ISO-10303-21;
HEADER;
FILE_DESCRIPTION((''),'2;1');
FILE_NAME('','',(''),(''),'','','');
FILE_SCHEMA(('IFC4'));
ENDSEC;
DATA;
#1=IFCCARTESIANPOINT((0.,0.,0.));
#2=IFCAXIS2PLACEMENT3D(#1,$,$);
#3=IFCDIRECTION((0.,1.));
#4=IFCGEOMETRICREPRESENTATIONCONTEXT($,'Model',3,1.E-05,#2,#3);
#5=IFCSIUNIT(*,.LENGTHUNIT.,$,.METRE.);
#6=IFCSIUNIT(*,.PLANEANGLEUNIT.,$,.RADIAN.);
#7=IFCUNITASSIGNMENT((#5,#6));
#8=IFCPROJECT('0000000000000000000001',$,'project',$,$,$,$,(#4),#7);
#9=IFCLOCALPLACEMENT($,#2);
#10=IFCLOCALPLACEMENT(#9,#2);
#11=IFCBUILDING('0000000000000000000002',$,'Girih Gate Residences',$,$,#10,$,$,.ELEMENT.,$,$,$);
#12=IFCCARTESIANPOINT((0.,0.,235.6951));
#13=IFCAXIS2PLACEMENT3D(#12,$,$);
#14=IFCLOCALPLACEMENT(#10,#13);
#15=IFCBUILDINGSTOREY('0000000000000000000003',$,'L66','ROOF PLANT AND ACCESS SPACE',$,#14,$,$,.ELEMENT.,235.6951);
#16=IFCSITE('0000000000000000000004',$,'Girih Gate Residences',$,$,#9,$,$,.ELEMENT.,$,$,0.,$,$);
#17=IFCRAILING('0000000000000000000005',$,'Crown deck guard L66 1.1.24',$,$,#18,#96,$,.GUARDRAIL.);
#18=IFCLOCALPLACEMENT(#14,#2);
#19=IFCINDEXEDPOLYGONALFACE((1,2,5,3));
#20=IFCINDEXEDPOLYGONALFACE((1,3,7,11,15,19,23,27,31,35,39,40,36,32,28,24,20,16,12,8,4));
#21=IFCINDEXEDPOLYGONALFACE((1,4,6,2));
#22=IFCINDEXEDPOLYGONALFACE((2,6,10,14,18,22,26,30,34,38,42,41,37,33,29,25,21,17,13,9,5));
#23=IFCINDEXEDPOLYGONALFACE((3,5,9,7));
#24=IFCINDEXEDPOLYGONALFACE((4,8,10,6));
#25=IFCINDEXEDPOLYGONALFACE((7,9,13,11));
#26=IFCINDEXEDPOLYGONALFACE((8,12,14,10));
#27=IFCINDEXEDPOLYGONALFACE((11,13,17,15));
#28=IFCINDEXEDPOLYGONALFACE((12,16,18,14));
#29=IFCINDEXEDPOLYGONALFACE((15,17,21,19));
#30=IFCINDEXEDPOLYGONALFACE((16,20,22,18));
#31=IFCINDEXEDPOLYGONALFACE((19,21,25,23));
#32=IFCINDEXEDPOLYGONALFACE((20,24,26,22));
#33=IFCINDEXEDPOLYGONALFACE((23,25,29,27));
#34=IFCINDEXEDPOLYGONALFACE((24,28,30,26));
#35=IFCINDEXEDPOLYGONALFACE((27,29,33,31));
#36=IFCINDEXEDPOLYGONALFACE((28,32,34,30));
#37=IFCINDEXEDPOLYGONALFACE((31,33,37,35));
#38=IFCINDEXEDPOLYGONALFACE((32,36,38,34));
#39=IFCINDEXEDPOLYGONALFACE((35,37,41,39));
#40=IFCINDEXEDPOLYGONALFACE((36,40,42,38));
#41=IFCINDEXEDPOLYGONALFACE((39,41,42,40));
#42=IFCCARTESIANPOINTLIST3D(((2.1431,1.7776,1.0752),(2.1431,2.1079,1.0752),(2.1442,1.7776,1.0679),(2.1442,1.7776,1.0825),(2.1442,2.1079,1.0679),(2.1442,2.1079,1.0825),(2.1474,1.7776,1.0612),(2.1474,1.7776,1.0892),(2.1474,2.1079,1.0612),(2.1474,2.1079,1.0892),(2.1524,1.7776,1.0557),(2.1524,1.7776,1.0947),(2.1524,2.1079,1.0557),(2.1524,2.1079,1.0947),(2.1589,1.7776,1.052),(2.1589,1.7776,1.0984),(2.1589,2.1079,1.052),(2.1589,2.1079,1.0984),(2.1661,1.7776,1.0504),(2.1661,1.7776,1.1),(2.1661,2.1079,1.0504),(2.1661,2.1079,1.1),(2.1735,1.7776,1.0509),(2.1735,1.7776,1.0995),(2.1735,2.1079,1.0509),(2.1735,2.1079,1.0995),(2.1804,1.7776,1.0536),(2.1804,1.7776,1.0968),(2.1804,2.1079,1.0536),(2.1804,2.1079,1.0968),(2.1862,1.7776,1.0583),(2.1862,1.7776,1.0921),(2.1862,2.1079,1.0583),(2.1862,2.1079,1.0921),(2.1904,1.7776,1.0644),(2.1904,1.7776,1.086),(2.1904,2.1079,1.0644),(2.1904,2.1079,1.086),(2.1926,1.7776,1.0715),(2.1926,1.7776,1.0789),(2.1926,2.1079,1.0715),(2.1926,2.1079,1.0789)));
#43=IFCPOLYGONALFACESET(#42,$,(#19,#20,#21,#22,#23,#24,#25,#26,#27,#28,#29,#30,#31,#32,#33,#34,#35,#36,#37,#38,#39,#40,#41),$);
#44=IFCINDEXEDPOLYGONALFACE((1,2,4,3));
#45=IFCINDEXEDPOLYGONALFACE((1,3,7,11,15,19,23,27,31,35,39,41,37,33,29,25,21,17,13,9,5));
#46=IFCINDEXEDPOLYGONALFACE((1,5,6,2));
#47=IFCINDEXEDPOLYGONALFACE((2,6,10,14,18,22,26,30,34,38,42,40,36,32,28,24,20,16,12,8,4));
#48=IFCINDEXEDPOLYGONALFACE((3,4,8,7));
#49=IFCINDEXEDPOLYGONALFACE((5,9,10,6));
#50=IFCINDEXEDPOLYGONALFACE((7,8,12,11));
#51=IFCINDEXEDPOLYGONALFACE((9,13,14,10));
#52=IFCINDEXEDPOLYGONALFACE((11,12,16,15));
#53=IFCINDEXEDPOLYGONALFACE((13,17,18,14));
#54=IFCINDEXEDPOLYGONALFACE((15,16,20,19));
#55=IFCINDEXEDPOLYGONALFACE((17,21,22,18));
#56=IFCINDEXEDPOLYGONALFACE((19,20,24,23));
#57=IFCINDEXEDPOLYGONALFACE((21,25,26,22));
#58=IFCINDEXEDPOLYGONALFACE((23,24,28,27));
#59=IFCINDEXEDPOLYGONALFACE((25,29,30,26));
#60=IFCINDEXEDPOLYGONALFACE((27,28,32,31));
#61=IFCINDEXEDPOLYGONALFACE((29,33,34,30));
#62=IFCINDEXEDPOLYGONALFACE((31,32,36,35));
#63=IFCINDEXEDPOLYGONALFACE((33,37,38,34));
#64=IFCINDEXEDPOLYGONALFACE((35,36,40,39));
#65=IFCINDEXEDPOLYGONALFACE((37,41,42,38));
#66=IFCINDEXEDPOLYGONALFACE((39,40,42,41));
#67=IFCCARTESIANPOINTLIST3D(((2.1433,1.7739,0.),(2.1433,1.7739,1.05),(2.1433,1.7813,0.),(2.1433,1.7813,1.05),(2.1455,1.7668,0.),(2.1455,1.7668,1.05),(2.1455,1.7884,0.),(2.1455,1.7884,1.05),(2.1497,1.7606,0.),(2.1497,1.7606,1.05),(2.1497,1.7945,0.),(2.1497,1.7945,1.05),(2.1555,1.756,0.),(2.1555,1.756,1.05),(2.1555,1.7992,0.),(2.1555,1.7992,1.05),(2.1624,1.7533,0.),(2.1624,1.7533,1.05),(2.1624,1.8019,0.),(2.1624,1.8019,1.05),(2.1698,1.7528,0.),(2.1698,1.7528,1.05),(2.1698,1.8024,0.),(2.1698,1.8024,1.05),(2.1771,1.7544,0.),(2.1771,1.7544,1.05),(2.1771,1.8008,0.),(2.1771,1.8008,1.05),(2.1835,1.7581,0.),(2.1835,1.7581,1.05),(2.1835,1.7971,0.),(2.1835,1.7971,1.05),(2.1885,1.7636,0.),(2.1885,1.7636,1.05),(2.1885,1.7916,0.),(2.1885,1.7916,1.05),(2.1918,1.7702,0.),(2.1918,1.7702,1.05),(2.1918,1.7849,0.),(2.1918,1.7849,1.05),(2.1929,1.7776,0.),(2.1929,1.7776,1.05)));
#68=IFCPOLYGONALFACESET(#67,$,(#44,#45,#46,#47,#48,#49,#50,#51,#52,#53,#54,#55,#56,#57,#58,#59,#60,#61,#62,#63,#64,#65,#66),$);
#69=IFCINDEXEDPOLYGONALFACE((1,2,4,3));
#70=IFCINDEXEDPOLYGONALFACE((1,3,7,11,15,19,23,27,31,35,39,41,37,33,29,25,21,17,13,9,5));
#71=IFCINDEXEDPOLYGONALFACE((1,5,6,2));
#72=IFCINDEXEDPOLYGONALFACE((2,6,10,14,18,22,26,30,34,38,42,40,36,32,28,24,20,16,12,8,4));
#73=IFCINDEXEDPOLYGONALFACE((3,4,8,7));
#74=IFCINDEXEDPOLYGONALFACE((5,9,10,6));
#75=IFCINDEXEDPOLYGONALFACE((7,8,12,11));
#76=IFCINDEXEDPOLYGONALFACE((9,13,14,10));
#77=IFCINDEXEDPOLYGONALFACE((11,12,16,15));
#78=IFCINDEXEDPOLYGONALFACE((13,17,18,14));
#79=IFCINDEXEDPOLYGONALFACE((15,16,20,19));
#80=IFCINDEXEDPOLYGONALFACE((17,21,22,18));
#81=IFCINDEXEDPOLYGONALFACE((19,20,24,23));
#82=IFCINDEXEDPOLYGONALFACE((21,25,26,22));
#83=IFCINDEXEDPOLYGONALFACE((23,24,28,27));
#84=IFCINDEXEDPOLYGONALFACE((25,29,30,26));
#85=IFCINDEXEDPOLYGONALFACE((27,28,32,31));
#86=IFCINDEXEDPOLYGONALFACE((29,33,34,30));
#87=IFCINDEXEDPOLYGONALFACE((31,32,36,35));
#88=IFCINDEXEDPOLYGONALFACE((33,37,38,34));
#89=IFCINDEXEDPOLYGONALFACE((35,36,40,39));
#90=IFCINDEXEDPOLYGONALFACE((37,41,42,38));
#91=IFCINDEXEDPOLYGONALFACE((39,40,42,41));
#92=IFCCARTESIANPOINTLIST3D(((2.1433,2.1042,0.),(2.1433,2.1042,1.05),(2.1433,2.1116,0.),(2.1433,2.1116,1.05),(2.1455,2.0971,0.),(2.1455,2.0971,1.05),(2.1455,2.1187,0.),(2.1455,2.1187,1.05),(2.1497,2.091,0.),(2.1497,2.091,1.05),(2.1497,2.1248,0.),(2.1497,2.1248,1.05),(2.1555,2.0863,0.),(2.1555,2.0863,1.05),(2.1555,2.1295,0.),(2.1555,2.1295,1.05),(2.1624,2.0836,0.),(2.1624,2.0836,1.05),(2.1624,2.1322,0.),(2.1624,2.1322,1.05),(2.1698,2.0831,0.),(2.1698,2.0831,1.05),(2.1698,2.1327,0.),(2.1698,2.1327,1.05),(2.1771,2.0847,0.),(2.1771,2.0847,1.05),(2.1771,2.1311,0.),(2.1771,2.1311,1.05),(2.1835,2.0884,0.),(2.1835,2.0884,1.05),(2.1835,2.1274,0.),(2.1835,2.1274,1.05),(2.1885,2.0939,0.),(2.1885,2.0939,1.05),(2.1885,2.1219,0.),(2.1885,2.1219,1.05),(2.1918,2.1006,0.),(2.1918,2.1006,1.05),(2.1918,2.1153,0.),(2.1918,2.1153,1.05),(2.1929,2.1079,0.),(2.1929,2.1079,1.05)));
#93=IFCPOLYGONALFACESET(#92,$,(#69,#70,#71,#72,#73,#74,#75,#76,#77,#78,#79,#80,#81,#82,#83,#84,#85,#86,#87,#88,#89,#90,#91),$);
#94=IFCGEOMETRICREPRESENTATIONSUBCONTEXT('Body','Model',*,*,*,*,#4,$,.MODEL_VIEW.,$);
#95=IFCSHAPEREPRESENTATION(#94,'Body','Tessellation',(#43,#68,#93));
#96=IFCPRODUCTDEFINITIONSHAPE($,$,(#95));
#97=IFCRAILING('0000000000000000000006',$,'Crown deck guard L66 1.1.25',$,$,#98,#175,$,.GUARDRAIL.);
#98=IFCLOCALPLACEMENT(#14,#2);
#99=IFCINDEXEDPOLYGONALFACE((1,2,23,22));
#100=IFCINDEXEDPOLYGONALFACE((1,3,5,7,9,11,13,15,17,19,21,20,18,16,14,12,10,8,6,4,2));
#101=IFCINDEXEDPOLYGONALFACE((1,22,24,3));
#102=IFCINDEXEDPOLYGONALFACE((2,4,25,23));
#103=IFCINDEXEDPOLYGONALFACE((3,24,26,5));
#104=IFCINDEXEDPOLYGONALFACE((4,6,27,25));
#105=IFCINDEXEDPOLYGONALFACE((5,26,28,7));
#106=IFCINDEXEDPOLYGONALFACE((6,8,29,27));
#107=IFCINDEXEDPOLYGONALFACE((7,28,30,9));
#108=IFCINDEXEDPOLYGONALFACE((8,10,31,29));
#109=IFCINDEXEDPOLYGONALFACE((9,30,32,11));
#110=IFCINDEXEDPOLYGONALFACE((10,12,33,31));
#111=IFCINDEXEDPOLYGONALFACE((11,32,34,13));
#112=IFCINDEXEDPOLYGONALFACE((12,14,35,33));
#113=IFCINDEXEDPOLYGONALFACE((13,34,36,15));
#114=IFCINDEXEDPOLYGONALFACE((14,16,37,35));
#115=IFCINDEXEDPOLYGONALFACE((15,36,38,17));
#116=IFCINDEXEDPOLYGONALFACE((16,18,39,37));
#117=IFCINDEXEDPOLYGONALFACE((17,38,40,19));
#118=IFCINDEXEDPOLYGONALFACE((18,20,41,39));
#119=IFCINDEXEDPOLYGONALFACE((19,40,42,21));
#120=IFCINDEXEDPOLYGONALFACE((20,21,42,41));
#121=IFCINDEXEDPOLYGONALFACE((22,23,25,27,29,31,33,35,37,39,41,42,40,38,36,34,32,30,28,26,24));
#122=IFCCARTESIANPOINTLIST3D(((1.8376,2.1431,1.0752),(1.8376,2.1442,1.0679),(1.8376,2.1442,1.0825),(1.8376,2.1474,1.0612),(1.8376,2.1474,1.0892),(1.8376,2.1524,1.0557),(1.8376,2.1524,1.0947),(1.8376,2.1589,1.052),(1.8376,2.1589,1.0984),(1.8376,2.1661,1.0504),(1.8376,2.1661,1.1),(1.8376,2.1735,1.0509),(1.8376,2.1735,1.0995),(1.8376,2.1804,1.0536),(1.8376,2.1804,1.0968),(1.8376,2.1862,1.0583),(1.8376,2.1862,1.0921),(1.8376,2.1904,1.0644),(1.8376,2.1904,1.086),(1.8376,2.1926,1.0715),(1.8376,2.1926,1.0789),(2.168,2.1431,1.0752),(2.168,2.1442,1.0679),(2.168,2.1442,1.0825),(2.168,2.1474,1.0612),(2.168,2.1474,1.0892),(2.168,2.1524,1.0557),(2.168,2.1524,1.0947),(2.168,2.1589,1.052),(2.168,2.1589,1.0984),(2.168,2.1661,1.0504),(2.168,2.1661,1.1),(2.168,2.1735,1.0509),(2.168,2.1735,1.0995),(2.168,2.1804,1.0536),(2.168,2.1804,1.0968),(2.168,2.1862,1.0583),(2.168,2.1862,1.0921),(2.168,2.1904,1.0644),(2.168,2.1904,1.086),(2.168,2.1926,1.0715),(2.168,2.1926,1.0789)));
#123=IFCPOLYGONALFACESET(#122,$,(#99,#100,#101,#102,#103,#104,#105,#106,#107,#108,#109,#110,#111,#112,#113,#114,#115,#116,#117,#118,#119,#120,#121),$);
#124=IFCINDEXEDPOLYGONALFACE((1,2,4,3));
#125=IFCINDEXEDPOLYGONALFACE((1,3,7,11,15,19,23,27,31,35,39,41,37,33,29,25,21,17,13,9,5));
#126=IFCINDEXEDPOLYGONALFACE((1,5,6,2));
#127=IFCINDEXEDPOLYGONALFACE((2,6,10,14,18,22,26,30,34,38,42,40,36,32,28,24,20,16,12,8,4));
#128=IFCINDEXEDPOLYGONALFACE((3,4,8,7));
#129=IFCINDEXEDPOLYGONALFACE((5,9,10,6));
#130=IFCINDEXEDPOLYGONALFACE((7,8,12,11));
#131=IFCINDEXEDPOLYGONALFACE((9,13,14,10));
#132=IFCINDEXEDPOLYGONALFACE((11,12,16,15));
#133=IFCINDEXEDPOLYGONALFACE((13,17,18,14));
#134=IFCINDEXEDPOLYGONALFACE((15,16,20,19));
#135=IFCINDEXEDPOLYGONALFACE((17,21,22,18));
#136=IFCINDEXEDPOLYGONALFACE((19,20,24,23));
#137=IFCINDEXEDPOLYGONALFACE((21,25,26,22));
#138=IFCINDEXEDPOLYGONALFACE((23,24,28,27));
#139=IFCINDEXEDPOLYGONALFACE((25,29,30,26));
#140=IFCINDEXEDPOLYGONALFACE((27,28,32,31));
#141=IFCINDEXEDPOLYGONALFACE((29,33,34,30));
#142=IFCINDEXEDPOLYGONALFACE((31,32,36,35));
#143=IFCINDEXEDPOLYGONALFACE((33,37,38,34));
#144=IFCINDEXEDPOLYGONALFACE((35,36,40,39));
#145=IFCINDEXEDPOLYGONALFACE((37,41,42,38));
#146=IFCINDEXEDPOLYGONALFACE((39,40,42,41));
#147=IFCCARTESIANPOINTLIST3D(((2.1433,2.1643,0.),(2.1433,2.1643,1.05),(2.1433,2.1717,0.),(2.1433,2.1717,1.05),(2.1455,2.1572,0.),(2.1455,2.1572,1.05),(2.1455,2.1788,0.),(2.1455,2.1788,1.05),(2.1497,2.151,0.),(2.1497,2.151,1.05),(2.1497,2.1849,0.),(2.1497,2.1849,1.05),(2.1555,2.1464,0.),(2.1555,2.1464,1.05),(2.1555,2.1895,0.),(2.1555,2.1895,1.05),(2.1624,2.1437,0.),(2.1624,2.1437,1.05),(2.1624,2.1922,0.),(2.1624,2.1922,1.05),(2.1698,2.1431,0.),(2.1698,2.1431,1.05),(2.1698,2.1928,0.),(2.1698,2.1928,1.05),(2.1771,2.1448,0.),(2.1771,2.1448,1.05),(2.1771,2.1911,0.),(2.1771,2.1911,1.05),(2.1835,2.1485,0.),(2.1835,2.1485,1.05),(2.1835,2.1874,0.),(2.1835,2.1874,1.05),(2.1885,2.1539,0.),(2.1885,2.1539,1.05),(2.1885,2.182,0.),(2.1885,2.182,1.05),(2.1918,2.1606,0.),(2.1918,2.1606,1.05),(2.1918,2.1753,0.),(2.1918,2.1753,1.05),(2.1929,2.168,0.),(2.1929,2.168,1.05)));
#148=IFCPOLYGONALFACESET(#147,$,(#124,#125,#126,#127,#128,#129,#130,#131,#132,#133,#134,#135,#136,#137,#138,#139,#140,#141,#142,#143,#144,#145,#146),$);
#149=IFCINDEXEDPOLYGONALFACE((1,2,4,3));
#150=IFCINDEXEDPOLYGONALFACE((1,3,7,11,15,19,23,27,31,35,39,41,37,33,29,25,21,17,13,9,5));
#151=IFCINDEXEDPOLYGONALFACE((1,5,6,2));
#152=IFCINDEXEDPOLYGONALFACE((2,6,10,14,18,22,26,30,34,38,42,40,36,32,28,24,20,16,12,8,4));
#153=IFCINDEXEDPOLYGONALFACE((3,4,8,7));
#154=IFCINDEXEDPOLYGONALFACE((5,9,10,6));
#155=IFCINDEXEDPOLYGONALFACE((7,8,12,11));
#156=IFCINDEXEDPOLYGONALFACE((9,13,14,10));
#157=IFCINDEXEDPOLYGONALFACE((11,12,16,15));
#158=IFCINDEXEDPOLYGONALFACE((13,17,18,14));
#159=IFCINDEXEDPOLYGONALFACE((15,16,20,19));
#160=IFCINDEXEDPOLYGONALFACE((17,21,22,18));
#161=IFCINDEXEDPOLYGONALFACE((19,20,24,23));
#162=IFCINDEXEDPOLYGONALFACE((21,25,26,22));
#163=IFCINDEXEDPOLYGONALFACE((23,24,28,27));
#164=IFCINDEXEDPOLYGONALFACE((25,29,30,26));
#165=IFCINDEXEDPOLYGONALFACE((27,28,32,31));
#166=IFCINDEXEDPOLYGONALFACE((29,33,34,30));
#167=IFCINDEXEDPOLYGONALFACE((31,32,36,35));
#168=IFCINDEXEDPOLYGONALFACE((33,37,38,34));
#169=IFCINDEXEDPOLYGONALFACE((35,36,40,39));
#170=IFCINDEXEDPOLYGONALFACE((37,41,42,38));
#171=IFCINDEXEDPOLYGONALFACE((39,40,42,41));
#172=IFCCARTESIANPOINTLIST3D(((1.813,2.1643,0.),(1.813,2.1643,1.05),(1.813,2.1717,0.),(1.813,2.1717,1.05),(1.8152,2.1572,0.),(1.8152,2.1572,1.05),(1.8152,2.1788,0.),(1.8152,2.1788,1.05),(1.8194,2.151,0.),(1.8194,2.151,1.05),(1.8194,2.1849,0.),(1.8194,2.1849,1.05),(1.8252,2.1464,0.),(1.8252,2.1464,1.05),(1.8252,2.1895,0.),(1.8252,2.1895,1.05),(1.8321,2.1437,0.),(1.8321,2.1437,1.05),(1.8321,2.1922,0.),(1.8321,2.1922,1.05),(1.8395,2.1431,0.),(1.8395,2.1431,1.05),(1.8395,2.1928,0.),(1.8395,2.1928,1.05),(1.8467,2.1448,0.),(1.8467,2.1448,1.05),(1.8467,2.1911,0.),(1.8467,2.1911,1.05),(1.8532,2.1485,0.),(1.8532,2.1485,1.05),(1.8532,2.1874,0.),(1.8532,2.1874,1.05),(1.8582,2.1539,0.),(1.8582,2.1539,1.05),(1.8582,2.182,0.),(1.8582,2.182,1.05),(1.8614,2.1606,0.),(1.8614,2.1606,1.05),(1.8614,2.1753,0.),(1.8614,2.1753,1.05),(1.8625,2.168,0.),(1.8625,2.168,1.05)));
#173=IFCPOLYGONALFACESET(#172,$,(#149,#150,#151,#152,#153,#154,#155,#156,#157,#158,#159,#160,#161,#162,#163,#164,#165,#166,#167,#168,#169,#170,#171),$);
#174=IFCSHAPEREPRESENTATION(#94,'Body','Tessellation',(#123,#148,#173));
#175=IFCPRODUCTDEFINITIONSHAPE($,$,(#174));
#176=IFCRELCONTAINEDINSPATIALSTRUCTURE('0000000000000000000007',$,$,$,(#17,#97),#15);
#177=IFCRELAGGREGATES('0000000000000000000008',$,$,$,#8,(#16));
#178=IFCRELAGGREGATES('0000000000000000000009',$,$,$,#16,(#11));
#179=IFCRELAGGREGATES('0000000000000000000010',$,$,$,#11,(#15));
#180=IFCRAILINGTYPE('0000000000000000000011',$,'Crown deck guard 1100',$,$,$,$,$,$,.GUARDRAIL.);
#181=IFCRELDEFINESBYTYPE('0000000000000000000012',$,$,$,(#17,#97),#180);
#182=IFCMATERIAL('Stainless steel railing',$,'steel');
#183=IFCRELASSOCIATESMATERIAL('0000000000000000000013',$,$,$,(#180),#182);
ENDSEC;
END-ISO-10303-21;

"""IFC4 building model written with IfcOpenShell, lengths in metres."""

from ifc_helpers import new_model, si_unit, direction, frame, origin, origin_2d, place, context, subcontext, project, spatial, circle, extrude, material, type_object, element, save


model = new_model("IFC4")

# Units and contexts
model_context = context("Model", 3, precision=1e-05, world=origin(), true_north=direction((0.0, 1.0)))
body_context = subcontext(model_context, "Body", "Model", "MODEL_VIEW")
ifc_project = project(units=[si_unit("LENGTHUNIT", "METRE"), si_unit("PLANEANGLEUNIT", "RADIAN")], contexts=[model_context])

# Site, building, storey
site_placement = place(None, origin())
site = spatial("IfcSite", under=ifc_project, at=site_placement, Name="Girih Gate Residences", CompositionType="ELEMENT", RefElevation=0.0)
building_placement = place(site_placement, origin())
building = spatial("IfcBuilding", under=site, at=building_placement, Name="Girih Gate Residences", CompositionType="ELEMENT")
storey_placement = place(building_placement, frame((0.0, 0.0, 235.6951)))
storey = spatial("IfcBuildingStorey", under=building, at=storey_placement, Name="L66", Description="ROOF PLANT AND ACCESS SPACE", CompositionType="ELEMENT", Elevation=235.6951)

# Railings
ifc_material_1 = material(Name="Stainless steel railing", Category="steel")
railing_type = type_object("IfcRailingType", Name="Crown deck guard 1100", PredefinedType="GUARDRAIL", material=ifc_material_1)
railing_1_placement = place(storey_placement, frame((2.168, 1.7776, 0.0)))
element("IfcRailing", 1, at=railing_1_placement, inside=storey, type_object=railing_type, Name="Crown deck guard L66 1.1.24", PredefinedType="GUARDRAIL", context=body_context, shape_type="SweptSolid", body=[
    extrude(circle(Radius=0.0249, at=origin_2d()), frame((0.0, 0.0, 1.0752), z_axis=(0.0, 1.0, 0.0), x_axis=(-1.0, 0.0, 0.0)), (0.0, 0.0, 1.0), 0.3303),
    extrude(circle(Radius=0.0249, at=origin_2d()), origin(), (0.0, 0.0, 1.0), 1.05),
    extrude(circle(Radius=0.0249, at=origin_2d()), frame((0.0, 0.3303, 0.0)), (0.0, 0.0, 1.0), 1.05),
])
railing_2_placement = place(storey_placement, frame((2.168, 2.168, 0.0)))
element("IfcRailing", 2, at=railing_2_placement, inside=storey, type_object=railing_type, Name="Crown deck guard L66 1.1.25", PredefinedType="GUARDRAIL", context=body_context, shape_type="SweptSolid", body=[
    extrude(circle(Radius=0.0249, at=origin_2d()), frame((0.0, 0.0, 1.0752), z_axis=(-1.0, 0.0, 0.0), x_axis=(0.0, -1.0, 0.0)), (0.0, 0.0, 1.0), 0.3303),
    extrude(circle(Radius=0.0249, at=origin_2d()), origin(), (0.0, 0.0, 1.0), 1.05),
    extrude(circle(Radius=0.0249, at=origin_2d()), frame((-0.3303, 0.0, 0.0)), (0.0, 0.0, 1.0), 1.05),
])

save(model, "model.ifc")
